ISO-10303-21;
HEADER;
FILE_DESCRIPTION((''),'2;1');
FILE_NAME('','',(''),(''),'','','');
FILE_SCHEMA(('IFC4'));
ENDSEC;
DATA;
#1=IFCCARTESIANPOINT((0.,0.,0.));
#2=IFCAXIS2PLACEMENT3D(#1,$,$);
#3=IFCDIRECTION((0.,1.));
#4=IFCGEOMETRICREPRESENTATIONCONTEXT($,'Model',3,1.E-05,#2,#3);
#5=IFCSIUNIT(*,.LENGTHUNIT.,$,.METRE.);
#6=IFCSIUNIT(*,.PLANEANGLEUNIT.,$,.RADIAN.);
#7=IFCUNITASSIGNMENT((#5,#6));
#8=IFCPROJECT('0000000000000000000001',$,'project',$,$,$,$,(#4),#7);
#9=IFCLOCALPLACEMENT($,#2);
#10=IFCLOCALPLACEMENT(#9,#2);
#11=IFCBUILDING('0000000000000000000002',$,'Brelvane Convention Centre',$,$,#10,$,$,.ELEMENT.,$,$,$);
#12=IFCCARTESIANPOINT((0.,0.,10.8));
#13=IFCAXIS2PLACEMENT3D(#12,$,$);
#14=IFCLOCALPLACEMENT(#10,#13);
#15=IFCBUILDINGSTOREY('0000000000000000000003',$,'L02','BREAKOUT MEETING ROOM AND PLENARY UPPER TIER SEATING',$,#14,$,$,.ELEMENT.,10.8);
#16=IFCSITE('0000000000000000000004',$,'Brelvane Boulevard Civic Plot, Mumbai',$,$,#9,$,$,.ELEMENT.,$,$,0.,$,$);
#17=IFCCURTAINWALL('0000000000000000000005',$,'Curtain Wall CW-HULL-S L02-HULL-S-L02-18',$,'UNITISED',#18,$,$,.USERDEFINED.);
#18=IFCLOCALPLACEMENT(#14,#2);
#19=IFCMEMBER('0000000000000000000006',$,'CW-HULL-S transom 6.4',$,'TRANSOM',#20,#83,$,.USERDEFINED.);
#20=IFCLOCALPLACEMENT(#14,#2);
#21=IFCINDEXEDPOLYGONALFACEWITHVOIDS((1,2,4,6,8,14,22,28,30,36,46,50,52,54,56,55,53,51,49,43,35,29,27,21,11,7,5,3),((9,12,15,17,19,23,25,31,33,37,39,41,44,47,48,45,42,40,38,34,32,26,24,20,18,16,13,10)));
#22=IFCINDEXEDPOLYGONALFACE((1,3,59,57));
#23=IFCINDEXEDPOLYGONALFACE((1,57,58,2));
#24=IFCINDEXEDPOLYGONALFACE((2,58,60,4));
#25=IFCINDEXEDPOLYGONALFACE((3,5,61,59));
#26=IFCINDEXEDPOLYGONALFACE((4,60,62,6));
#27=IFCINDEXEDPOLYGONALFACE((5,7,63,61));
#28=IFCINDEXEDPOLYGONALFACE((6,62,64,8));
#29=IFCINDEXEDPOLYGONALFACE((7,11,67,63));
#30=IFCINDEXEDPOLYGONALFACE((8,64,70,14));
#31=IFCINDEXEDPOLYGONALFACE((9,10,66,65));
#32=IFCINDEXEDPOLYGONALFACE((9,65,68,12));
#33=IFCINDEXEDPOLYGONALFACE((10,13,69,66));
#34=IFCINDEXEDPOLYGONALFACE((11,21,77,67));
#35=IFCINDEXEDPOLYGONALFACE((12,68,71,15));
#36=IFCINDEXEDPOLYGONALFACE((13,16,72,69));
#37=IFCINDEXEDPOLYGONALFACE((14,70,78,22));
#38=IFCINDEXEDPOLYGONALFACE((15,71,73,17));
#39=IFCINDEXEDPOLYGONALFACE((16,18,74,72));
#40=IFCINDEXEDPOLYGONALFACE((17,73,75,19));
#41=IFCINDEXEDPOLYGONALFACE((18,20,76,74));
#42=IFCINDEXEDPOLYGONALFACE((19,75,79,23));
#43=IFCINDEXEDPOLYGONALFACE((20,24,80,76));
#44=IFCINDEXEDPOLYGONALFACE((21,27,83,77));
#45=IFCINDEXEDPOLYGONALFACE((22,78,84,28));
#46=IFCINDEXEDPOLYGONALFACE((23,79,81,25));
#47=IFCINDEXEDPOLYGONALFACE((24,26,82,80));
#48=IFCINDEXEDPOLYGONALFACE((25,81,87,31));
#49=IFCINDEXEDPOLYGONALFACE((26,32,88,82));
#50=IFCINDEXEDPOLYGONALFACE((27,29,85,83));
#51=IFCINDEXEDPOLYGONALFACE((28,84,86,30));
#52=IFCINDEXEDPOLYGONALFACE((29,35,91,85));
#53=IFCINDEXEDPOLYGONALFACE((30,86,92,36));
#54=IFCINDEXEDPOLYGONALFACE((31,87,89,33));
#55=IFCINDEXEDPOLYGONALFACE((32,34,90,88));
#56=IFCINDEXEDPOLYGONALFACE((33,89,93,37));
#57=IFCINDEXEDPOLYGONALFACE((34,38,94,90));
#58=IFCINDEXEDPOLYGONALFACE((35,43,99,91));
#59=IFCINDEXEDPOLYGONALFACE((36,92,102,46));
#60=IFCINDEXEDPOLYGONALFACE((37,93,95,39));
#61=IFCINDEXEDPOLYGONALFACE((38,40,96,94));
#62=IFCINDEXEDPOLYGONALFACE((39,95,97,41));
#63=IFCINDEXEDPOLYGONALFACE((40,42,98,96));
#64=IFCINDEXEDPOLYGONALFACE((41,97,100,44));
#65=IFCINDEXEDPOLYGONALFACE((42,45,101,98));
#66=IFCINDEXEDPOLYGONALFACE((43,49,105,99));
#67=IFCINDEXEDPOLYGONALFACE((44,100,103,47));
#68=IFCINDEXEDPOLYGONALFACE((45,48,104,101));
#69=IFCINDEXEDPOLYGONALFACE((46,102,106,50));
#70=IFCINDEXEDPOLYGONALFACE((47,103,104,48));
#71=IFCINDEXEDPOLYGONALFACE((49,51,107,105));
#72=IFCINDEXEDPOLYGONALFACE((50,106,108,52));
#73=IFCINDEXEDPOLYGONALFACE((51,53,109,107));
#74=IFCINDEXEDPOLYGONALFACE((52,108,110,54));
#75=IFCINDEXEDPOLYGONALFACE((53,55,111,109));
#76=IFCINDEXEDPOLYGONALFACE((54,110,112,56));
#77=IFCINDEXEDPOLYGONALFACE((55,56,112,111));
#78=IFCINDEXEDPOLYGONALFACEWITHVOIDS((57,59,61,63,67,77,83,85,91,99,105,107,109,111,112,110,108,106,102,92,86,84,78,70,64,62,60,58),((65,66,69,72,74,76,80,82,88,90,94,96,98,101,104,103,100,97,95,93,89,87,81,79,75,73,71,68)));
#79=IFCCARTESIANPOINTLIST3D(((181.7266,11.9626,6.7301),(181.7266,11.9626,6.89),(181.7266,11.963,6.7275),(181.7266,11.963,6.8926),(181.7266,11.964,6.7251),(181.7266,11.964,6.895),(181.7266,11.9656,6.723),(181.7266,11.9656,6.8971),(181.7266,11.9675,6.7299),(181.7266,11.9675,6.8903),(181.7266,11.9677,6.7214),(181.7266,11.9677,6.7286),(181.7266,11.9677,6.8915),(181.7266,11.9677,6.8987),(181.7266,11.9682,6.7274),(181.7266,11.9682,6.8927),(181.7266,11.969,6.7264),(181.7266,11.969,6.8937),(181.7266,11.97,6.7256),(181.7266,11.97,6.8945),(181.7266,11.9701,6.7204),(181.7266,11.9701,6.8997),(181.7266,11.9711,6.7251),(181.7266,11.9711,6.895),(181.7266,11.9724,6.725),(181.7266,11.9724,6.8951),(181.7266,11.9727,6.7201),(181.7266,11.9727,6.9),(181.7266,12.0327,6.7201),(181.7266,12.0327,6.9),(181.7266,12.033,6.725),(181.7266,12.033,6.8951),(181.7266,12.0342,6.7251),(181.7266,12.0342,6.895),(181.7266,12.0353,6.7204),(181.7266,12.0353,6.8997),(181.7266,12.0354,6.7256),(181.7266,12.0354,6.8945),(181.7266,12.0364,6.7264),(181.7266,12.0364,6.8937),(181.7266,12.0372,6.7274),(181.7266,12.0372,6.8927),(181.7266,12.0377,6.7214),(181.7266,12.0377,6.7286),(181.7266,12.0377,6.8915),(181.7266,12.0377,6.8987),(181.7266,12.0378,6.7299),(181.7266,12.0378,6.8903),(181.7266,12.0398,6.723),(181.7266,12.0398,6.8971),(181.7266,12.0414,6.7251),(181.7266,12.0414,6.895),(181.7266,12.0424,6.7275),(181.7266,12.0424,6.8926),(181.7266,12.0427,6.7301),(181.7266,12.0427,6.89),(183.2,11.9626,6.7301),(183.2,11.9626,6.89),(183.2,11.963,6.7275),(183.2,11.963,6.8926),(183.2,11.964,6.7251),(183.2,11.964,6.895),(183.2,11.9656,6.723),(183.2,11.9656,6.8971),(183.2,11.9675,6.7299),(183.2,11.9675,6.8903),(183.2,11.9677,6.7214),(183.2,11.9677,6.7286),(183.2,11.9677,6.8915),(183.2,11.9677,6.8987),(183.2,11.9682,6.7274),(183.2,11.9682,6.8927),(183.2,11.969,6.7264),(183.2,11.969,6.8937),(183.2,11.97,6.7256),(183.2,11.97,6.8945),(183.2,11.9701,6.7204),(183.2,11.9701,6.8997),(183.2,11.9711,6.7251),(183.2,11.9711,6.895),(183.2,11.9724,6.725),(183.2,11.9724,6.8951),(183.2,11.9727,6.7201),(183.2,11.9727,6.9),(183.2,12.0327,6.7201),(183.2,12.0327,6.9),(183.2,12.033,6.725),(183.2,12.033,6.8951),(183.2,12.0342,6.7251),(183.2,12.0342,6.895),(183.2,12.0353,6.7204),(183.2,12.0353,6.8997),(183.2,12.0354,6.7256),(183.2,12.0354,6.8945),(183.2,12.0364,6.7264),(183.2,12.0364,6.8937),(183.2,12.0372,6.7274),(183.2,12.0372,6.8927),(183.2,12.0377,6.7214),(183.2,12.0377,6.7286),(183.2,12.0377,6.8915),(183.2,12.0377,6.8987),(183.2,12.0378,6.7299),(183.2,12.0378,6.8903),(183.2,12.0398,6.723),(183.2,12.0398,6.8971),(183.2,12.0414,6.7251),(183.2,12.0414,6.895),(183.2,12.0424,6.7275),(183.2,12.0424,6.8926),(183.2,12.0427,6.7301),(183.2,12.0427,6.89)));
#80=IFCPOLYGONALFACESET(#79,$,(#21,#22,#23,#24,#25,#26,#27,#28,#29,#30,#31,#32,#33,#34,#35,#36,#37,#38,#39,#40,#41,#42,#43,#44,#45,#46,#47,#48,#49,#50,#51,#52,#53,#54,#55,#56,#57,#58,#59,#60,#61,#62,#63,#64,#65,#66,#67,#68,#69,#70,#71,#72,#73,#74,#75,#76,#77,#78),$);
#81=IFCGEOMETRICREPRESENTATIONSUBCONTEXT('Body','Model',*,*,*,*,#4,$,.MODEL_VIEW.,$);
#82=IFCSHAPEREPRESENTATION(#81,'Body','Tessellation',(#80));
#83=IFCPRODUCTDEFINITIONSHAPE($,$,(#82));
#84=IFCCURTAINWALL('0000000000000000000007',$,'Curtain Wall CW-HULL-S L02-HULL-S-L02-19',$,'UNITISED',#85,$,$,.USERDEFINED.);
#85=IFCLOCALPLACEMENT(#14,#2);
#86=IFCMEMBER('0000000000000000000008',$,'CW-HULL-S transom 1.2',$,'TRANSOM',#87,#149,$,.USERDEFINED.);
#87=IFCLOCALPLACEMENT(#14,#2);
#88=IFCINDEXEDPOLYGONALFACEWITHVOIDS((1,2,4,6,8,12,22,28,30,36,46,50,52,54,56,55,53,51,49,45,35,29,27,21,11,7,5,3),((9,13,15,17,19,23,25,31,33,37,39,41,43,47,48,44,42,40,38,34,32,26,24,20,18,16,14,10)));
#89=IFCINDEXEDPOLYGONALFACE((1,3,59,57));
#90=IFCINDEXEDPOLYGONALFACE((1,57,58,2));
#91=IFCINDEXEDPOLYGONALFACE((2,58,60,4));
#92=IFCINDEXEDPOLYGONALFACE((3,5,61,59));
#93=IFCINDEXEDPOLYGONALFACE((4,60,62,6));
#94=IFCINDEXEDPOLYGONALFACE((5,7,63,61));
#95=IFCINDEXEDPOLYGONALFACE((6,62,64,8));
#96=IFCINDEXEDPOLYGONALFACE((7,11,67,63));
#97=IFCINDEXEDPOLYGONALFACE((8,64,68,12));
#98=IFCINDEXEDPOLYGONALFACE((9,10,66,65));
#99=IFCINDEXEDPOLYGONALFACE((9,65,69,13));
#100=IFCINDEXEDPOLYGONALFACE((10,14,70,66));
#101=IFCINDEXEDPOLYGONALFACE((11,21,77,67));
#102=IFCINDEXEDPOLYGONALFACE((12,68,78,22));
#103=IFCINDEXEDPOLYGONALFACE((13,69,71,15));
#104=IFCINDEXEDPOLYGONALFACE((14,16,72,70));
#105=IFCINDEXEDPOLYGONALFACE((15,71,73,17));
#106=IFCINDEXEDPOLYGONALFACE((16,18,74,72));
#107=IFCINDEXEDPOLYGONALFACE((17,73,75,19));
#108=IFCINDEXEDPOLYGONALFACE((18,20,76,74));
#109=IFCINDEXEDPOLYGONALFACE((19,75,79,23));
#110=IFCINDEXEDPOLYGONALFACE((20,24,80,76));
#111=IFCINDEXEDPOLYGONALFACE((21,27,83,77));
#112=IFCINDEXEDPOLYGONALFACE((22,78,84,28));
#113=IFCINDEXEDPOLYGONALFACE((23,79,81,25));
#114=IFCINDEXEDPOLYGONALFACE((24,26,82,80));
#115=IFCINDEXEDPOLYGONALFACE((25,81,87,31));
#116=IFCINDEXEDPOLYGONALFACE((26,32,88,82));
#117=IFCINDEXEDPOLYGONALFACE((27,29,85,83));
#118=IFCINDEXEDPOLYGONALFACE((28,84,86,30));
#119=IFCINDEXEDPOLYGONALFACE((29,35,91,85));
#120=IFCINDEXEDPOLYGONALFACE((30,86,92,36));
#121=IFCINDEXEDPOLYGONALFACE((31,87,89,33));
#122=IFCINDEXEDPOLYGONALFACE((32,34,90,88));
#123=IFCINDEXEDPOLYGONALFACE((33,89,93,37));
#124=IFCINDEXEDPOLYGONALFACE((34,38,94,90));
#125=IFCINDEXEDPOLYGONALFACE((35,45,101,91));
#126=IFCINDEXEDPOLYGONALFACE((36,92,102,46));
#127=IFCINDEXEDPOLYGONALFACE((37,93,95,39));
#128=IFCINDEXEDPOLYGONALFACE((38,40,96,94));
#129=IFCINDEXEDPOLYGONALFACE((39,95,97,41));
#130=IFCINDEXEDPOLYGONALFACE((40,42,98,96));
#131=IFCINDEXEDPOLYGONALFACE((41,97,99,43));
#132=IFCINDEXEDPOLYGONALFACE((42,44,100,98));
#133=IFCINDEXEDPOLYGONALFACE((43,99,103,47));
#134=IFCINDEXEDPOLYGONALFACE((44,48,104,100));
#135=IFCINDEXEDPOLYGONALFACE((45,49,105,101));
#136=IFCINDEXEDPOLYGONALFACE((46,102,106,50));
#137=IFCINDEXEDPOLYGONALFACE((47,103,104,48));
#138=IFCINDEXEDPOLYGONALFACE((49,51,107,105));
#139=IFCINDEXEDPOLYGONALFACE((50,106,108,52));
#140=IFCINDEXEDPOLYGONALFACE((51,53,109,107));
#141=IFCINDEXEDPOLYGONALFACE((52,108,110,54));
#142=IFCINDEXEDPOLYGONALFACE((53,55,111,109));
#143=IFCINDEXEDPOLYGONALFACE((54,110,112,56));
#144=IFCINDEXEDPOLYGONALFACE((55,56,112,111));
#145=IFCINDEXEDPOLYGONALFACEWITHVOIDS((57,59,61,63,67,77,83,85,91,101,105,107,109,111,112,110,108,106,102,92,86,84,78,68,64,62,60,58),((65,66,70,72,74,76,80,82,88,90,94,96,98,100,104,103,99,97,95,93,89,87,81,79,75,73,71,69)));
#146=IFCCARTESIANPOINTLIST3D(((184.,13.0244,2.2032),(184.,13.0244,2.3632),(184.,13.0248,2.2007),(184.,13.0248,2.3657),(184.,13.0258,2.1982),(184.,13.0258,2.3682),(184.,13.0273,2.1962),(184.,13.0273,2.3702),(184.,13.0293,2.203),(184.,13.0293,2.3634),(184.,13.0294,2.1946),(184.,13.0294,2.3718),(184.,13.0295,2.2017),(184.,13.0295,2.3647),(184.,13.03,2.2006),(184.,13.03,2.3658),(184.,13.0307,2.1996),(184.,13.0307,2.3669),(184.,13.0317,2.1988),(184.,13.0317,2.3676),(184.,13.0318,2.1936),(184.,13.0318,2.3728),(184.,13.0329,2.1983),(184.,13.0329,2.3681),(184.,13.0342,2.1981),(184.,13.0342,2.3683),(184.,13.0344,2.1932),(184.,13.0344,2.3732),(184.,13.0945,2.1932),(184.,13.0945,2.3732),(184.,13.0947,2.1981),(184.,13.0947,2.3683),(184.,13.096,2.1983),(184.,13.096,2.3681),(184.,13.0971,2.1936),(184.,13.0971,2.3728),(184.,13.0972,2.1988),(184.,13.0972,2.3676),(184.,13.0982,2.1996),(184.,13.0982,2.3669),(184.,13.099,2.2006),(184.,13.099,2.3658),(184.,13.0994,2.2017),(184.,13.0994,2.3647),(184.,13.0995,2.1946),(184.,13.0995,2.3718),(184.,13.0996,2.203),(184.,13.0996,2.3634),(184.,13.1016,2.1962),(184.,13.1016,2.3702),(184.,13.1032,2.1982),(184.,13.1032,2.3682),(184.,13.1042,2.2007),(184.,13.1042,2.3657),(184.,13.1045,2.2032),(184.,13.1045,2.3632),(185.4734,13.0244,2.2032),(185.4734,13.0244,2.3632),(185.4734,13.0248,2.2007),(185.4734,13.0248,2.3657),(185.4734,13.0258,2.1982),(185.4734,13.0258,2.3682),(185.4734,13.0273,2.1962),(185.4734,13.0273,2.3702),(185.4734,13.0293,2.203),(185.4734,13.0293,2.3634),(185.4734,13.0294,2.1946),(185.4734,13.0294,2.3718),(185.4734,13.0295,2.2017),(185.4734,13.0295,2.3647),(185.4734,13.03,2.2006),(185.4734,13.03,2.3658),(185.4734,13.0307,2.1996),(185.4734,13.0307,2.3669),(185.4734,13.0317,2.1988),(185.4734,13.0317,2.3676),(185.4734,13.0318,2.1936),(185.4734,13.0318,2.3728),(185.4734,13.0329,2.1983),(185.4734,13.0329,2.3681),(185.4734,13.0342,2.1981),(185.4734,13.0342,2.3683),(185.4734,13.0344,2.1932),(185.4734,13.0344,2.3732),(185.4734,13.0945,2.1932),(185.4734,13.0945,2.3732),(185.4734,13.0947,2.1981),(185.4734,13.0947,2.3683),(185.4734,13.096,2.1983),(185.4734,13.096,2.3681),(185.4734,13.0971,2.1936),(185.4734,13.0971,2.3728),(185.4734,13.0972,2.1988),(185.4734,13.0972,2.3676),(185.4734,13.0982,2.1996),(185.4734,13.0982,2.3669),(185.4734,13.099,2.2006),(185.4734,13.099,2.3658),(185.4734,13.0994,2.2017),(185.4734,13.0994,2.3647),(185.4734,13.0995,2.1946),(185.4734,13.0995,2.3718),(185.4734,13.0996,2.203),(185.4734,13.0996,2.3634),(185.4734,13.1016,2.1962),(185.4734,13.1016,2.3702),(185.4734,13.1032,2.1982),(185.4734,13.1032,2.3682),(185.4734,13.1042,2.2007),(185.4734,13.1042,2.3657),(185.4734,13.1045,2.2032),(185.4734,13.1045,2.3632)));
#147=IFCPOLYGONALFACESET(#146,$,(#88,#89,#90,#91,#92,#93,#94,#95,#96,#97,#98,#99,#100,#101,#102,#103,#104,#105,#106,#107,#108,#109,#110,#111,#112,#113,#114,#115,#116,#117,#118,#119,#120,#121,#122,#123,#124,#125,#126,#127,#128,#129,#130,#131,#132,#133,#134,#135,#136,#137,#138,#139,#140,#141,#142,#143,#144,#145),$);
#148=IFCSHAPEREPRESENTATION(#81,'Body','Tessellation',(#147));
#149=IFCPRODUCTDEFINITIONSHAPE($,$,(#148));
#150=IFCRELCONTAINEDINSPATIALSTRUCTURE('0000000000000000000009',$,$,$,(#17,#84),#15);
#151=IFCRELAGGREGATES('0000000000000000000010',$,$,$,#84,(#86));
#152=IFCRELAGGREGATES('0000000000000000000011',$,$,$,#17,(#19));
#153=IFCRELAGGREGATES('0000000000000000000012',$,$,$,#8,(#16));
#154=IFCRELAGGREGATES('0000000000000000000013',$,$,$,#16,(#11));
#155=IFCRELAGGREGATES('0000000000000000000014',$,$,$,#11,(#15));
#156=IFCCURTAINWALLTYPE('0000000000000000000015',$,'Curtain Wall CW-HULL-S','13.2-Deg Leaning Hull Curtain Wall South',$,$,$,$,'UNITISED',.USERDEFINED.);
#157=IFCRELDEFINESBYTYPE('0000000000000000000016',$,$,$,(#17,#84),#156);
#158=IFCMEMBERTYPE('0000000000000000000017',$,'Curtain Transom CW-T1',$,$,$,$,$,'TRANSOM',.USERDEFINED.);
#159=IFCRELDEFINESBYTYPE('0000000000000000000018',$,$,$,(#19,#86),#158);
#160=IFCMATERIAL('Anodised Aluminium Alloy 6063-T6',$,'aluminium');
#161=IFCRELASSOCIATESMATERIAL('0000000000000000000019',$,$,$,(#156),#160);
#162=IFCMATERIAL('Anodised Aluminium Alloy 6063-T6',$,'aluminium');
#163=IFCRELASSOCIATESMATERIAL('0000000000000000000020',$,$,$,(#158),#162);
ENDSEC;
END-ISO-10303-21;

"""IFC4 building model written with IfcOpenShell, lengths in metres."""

from ifc_helpers import new_model, si_unit, direction, frame, origin, origin_2d, place, context, subcontext, project, spatial, hollow_rectangle, extrude, material, material_profile, profile_set, type_object, element, aggregate, save


model = new_model("IFC4")

# Units and contexts
model_context = context("Model", 3, precision=1e-05, world=origin(), true_north=direction((0.0, 1.0)))
body_context = subcontext(model_context, "Body", "Model", "MODEL_VIEW")
ifc_project = project(units=[si_unit("LENGTHUNIT", "METRE"), si_unit("PLANEANGLEUNIT", "RADIAN")], contexts=[model_context])

# Site, building, storey
site_placement = place(None, origin())
site = spatial("IfcSite", under=ifc_project, at=site_placement, Name="Brelvane Boulevard Civic Plot, Mumbai", CompositionType="ELEMENT", RefElevation=0.0)
building_placement = place(site_placement, origin())
building = spatial("IfcBuilding", under=site, at=building_placement, Name="Brelvane Convention Centre", CompositionType="ELEMENT")
storey_placement = place(building_placement, frame((0.0, 0.0, 10.8)))
storey = spatial("IfcBuildingStorey", under=building, at=storey_placement, Name="L02", Description="BREAKOUT MEETING ROOM AND PLENARY UPPER TIER SEATING", CompositionType="ELEMENT", Elevation=10.8)

# Curtain walls, members
ifc_material_1 = material(Name="Anodised Aluminium Alloy 6063-T6", Category="aluminium")
curtain_wall_type = type_object("IfcCurtainWallType", Name="Curtain Wall CW-HULL-S", Description="13.2-Deg Leaning Hull Curtain Wall South", ElementType="UNITISED", PredefinedType="USERDEFINED", material=ifc_material_1)
curtain_wall_1_placement = place(storey_placement, origin())
curtain_wall_1 = element("IfcCurtainWall", 1, at=curtain_wall_1_placement, inside=storey, type_object=curtain_wall_type, Name="Curtain Wall CW-HULL-S L02-HULL-S-L02-18", ObjectType="UNITISED", PredefinedType="USERDEFINED")
ifc_material_2 = material(Name="Anodised Aluminium Alloy 6063-T6", Category="aluminium")
ifc_material_profile = material_profile(ifc_material_2, hollow_rectangle(XDim=0.0801, YDim=0.1799, WallThickness=0.0049, InnerFilletRadius=0.0049, OuterFilletRadius=0.01, at=origin_2d()), Name="ALU-T 180x80x5.0")
ifc_profile_set = profile_set([ifc_material_profile], Name="Anodised Aluminium Alloy 6063-T6")
member_type = type_object("IfcMemberType", Name="Curtain Transom CW-T1", ElementType="TRANSOM", PredefinedType="USERDEFINED", material=ifc_profile_set)
member_1_placement = place(storey_placement, frame((181.7266, 12.0027, 6.8101), z_axis=(1.0, 0.0, 0.0), x_axis=(0.0, 1.0, 0.0)))
member_1 = element("IfcMember", 2, at=member_1_placement, type_object=member_type, Name="CW-HULL-S transom 6.4", ObjectType="TRANSOM", PredefinedType="USERDEFINED", context=body_context, shape_type="SweptSolid", body=[
    extrude(hollow_rectangle(XDim=0.0801, YDim=0.1799, WallThickness=0.0049, InnerFilletRadius=0.0049, OuterFilletRadius=0.01, at=origin_2d()), origin(), (0.0, 0.0, 1.0), 1.4734),
])
curtain_wall_2_placement = place(storey_placement, origin())
curtain_wall_2 = element("IfcCurtainWall", 3, at=curtain_wall_2_placement, inside=storey, type_object=curtain_wall_type, Name="Curtain Wall CW-HULL-S L02-HULL-S-L02-19", ObjectType="UNITISED", PredefinedType="USERDEFINED")
member_2_placement = place(storey_placement, frame((184.0, 13.0645, 2.2832), z_axis=(1.0, 0.0, 0.0), x_axis=(0.0, 1.0, 0.0)))
member_2 = element("IfcMember", 4, at=member_2_placement, type_object=member_type, Name="CW-HULL-S transom 1.2", ObjectType="TRANSOM", PredefinedType="USERDEFINED", context=body_context, shape_type="SweptSolid", body=[
    extrude(hollow_rectangle(XDim=0.0801, YDim=0.1799, WallThickness=0.0049, InnerFilletRadius=0.0049, OuterFilletRadius=0.01, at=origin_2d()), origin(), (0.0, 0.0, 1.0), 1.4734),
])

aggregate(curtain_wall_2, [member_2])
aggregate(curtain_wall_1, [member_1])

save(model, "model.ifc")
